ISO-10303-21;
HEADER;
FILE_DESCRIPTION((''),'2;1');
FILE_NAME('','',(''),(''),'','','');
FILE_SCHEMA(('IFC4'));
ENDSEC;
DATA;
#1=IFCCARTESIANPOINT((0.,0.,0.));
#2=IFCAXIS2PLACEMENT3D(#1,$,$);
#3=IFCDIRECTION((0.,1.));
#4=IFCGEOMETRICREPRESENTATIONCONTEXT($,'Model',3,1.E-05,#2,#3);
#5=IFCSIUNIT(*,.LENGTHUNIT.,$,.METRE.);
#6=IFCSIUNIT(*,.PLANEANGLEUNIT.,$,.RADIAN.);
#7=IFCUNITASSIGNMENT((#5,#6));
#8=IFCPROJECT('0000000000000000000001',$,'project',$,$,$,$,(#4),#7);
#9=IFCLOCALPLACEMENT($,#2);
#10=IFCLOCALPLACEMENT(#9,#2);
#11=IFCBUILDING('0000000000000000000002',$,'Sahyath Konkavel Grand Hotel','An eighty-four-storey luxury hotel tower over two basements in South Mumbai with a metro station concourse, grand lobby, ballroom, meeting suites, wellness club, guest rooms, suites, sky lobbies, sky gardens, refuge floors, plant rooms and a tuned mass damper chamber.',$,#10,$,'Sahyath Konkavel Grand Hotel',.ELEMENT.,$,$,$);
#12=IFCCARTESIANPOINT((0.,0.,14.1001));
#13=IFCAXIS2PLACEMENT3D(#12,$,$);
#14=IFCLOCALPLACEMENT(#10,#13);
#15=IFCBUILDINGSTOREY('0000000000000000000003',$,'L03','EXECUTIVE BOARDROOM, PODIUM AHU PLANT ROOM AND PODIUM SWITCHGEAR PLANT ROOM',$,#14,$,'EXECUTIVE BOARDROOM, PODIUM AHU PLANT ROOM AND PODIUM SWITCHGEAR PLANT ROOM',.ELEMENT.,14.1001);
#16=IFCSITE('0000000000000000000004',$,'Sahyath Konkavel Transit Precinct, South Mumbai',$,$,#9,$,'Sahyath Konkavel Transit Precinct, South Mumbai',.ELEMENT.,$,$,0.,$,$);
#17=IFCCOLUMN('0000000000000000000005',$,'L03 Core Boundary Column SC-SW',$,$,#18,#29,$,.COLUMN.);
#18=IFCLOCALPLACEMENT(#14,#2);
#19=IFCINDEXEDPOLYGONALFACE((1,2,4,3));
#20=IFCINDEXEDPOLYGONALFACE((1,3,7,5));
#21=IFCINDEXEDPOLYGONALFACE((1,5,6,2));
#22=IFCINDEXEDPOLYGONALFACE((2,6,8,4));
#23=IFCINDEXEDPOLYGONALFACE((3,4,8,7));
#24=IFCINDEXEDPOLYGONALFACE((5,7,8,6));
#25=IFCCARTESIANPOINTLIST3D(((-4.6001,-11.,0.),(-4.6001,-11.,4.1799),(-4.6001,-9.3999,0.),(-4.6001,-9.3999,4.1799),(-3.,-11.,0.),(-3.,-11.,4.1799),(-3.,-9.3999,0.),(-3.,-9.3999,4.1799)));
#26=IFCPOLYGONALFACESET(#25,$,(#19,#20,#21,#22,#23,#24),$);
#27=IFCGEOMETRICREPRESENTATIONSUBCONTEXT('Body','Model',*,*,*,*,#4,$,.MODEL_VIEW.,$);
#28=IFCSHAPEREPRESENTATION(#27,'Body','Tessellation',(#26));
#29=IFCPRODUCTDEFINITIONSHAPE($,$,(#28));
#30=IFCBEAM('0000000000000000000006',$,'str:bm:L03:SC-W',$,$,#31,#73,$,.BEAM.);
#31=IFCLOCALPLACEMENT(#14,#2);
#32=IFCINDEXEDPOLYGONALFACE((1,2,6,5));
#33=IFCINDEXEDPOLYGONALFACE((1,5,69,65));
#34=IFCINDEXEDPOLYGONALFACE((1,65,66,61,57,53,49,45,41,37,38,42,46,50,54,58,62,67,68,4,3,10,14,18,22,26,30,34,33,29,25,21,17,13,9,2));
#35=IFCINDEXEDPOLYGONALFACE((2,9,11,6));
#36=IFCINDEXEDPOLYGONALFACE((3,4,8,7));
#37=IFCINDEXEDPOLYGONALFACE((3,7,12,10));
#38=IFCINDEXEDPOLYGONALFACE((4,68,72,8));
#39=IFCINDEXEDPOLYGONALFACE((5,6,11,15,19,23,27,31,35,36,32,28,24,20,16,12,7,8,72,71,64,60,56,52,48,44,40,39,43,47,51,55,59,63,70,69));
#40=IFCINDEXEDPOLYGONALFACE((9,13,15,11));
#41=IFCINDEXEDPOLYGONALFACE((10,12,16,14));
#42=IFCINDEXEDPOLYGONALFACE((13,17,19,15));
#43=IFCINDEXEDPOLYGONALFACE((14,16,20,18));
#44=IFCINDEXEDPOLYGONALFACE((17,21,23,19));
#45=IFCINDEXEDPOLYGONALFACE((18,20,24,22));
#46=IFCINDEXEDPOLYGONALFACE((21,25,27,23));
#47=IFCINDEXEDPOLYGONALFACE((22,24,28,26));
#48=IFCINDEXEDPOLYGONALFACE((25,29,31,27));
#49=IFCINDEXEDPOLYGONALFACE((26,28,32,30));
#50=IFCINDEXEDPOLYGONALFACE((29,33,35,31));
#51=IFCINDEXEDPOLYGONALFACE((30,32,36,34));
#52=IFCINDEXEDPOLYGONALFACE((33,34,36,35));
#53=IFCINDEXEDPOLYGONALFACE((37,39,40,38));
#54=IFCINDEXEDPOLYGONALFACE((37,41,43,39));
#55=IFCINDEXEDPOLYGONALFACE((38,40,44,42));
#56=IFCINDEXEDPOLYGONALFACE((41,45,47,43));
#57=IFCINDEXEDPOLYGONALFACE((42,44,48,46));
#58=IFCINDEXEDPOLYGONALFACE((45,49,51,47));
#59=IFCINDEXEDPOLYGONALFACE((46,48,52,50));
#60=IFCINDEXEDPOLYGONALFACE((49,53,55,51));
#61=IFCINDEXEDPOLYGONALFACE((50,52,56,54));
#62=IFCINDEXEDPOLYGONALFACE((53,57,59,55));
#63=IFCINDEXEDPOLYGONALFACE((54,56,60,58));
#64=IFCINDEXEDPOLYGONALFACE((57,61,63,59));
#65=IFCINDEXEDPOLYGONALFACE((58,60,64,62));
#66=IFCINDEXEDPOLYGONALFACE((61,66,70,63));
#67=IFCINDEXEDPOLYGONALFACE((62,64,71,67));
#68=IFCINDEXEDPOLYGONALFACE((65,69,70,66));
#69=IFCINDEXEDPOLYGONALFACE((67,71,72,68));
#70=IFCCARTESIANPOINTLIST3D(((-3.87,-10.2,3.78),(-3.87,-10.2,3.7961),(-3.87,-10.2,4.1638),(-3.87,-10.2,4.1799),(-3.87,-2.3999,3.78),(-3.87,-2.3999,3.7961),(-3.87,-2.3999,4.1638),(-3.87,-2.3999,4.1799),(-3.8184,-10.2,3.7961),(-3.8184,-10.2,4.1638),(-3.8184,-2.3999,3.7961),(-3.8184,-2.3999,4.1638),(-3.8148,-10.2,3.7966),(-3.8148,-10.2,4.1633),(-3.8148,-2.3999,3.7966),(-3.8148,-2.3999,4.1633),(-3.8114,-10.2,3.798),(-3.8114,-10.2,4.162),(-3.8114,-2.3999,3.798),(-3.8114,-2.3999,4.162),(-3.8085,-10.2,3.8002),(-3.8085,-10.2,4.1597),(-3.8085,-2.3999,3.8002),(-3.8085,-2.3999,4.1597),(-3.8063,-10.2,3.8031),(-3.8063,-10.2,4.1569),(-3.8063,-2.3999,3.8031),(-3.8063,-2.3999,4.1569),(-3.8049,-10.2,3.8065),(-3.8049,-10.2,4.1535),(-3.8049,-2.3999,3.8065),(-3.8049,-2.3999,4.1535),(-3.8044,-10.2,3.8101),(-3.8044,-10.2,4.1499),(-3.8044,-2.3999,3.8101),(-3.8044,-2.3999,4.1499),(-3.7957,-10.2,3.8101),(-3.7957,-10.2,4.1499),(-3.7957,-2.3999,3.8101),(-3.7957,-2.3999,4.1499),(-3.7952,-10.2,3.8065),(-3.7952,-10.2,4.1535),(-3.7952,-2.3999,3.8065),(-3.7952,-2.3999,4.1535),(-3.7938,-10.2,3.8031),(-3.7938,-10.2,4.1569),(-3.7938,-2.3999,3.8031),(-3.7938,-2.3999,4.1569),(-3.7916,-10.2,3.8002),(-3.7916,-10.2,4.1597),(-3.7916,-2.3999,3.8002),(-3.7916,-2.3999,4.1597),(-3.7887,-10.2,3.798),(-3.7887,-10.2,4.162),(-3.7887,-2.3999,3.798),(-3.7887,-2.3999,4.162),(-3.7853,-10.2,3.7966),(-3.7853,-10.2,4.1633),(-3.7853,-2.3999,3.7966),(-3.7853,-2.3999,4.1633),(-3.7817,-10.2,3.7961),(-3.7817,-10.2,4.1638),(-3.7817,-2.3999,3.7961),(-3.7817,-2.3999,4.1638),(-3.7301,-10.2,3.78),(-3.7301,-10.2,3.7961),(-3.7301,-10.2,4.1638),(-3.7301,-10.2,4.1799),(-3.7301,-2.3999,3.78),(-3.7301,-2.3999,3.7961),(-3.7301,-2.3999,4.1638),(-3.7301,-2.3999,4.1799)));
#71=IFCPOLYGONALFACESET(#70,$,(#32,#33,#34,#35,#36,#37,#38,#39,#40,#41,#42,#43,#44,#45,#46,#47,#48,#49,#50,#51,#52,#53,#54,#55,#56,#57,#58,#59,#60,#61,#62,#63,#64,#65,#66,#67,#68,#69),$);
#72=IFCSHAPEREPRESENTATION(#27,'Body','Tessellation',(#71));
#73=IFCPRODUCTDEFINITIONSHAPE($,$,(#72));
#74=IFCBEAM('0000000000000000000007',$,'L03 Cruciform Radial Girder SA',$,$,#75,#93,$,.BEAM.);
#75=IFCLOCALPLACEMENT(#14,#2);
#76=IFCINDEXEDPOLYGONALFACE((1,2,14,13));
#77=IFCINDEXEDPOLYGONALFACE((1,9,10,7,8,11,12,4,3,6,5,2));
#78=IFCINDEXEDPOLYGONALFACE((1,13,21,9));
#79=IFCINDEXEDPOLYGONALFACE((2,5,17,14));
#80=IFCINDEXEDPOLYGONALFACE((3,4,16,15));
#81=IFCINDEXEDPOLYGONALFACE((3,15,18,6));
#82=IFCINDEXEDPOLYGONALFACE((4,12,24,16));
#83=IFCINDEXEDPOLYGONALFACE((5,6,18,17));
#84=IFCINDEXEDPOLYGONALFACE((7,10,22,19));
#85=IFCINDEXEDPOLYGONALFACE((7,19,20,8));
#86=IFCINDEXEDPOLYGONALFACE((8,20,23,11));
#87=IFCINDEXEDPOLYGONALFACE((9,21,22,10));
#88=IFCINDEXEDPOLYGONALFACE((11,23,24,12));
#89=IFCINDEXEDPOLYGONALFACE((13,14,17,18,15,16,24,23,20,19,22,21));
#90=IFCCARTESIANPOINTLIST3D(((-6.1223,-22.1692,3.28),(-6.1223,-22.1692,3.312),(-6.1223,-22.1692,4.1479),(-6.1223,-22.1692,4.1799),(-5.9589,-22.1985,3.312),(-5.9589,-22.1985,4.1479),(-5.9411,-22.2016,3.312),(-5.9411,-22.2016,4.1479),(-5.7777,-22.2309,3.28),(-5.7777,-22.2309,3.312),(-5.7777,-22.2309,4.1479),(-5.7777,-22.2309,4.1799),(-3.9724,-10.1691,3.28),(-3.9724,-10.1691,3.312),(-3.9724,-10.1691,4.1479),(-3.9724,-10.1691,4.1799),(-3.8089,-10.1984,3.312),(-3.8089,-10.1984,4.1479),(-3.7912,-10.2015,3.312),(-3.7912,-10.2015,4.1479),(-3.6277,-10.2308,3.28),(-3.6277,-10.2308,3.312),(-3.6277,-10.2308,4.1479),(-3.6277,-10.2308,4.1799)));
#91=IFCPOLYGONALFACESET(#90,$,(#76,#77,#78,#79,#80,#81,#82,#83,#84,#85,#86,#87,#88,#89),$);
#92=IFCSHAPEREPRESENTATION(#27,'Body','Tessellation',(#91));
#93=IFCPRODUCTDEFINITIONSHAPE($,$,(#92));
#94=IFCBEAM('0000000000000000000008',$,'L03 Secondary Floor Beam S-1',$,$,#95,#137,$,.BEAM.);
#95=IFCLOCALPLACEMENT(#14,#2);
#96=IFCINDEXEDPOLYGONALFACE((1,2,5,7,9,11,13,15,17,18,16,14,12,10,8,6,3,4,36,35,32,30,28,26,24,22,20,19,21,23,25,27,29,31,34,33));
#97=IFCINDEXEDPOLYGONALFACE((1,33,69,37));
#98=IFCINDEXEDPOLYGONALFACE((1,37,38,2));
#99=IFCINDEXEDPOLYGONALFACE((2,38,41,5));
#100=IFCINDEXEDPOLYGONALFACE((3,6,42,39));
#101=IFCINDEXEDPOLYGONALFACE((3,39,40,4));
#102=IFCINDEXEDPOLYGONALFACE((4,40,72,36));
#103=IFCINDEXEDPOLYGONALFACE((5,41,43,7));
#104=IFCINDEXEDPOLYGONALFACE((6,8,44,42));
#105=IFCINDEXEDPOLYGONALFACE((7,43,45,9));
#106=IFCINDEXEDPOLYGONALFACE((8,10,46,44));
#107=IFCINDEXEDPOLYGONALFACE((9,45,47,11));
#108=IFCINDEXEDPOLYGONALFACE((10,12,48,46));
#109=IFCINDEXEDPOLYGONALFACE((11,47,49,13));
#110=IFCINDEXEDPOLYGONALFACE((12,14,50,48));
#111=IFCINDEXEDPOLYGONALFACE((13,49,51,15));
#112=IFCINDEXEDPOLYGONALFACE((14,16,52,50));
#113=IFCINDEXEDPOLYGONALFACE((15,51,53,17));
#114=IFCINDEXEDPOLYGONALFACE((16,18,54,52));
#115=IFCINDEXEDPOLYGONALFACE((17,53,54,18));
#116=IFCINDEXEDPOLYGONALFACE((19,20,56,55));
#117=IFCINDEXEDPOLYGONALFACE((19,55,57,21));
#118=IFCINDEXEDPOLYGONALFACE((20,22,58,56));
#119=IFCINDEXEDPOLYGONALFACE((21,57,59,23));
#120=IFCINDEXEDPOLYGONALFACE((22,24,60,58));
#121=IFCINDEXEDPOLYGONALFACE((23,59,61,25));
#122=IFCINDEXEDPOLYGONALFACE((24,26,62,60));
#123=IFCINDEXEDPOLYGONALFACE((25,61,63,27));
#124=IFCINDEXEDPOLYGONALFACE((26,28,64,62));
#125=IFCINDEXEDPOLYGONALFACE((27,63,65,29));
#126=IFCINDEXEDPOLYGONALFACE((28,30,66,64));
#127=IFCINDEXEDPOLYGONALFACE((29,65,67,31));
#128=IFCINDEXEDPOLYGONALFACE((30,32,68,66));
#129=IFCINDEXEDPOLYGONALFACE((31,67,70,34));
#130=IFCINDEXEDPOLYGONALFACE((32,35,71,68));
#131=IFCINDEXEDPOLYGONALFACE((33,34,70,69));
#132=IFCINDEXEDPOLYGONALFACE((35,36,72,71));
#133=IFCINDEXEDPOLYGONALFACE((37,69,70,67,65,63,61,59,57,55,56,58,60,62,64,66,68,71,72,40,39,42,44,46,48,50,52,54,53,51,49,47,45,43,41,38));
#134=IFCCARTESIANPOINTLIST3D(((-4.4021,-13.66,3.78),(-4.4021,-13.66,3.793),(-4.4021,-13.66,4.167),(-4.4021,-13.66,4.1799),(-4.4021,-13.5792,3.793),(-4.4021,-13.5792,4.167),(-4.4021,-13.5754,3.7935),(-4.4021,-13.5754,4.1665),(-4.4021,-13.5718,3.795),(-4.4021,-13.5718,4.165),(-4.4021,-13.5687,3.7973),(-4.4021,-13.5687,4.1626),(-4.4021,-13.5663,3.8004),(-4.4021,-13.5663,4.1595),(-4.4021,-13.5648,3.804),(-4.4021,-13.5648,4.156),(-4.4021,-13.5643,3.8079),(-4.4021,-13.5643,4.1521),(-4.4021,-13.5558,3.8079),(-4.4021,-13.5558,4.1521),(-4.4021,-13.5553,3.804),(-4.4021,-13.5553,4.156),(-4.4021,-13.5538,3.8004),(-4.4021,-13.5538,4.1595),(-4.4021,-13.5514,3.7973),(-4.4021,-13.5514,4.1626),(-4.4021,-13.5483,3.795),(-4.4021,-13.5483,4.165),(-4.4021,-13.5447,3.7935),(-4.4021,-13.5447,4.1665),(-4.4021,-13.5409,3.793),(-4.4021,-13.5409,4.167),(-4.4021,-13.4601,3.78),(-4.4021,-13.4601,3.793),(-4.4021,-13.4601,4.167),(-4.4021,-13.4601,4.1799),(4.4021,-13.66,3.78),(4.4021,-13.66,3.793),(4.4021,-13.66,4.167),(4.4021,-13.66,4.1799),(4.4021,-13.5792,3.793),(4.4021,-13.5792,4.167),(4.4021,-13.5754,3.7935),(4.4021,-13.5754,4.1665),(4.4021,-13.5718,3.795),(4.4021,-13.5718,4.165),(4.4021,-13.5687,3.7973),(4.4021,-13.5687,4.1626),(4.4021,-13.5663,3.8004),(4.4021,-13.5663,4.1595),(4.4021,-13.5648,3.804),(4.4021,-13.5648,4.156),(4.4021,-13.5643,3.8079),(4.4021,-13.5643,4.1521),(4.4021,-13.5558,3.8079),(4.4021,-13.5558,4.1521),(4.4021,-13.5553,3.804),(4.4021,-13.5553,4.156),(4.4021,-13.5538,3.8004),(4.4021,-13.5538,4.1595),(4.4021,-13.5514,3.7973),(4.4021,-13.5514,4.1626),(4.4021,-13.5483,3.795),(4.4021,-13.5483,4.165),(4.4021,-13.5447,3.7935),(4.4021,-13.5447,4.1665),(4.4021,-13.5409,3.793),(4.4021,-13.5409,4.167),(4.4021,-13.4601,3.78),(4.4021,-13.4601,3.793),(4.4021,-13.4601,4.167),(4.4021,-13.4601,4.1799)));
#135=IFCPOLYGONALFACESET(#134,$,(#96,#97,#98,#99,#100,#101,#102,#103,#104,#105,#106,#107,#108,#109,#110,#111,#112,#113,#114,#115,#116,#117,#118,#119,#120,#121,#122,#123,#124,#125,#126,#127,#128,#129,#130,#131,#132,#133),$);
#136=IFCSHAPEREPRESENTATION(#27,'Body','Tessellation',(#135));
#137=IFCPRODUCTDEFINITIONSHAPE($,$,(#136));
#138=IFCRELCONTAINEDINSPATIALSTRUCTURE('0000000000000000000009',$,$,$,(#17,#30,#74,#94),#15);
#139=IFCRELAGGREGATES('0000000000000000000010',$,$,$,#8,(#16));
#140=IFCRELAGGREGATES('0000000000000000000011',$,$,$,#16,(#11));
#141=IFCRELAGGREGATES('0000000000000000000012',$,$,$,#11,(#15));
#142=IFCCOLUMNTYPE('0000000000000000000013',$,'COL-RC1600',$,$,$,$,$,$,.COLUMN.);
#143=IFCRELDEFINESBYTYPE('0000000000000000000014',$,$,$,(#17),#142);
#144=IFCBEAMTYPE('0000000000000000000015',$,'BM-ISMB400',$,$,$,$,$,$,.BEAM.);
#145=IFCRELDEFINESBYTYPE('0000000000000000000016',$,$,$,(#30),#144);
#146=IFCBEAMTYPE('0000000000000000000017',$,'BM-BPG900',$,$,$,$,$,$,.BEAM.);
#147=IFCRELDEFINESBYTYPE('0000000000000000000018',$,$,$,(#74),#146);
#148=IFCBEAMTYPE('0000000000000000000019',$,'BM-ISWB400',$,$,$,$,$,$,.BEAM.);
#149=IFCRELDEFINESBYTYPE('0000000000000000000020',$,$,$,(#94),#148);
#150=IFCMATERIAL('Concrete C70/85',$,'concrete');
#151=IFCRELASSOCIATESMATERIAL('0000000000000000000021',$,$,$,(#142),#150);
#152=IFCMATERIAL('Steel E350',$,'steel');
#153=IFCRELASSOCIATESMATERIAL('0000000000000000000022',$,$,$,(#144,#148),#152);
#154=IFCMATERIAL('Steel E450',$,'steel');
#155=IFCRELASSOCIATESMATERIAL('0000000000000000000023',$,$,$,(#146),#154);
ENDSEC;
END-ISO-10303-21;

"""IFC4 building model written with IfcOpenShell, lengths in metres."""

from ifc_helpers import new_model, si_unit, direction, frame, origin, origin_2d, place, context, subcontext, project, spatial, rectangle, i_section, extrude, source, transform, mapped, material, material_profile, profile_set, type_object, element, save


model = new_model("IFC4")

# Units and contexts
model_context = context("Model", 3, precision=1e-05, world=origin(), true_north=direction((0.0, 1.0)))
body_context = subcontext(model_context, "Body", "Model", "MODEL_VIEW")
ifc_project = project(units=[si_unit("LENGTHUNIT", "METRE"), si_unit("PLANEANGLEUNIT", "RADIAN")], contexts=[model_context])

# Site, building, storey
site_placement = place(None, origin())
site = spatial("IfcSite", under=ifc_project, at=site_placement, Name="Sahyath Konkavel Transit Precinct, South Mumbai", LongName="Sahyath Konkavel Transit Precinct, South Mumbai", CompositionType="ELEMENT", RefElevation=0.0)
building_placement = place(site_placement, origin())
building = spatial("IfcBuilding", under=site, at=building_placement, Name="Sahyath Konkavel Grand Hotel", Description="An eighty-four-storey luxury hotel tower over two basements in South Mumbai with a metro station concourse, grand lobby, ballroom, meeting suites, wellness club, guest rooms, suites, sky lobbies, sky gardens, refuge floors, plant rooms and a tuned mass damper chamber.", LongName="Sahyath Konkavel Grand Hotel", CompositionType="ELEMENT")
storey_placement = place(building_placement, frame((0.0, 0.0, 14.1001)))
storey = spatial("IfcBuildingStorey", under=building, at=storey_placement, Name="L03", Description="EXECUTIVE BOARDROOM, PODIUM AHU PLANT ROOM AND PODIUM SWITCHGEAR PLANT ROOM", LongName="EXECUTIVE BOARDROOM, PODIUM AHU PLANT ROOM AND PODIUM SWITCHGEAR PLANT ROOM", CompositionType="ELEMENT", Elevation=14.1001)

# Column
ifc_material_1 = material(Name="Concrete C70/85", Category="concrete")
ifc_material_profile_1 = material_profile(ifc_material_1, rectangle(XDim=1.6001, YDim=1.6001, at=origin_2d()), Name="RC 1600x1600")
ifc_profile_set_1 = profile_set([ifc_material_profile_1], Name="Concrete C70/85")
column_type = type_object("IfcColumnType", Name="COL-RC1600", PredefinedType="COLUMN", material=ifc_profile_set_1)
shared_shape_1 = source(origin(), body_context, "Body", "SweptSolid", [
    extrude(rectangle(XDim=1.6001, YDim=1.6001, at=origin_2d()), origin(), (0.0, 0.0, 1.0), 4.1799),
])
column_placement = place(storey_placement, frame((-3.8, -10.2, 0.0), z_axis=(0.0, 0.0, 1.0), x_axis=(1.0, 0.0, 0.0)))
element("IfcColumn", 1, at=column_placement, inside=storey, type_object=column_type, Name="L03 Core Boundary Column SC-SW", PredefinedType="COLUMN", context=body_context, shape_type="MappedRepresentation", body=[
    mapped(shared_shape_1, transform((0.0, 0.0, 0.0), scale=1.0)),
])

# Beams
ifc_material_2 = material(Name="Steel E350", Category="steel")
ifc_material_profile_2 = material_profile(ifc_material_2, i_section(OverallWidth=0.1399, OverallDepth=0.3999, WebThickness=0.0088, FlangeThickness=0.0161, FilletRadius=0.0139, at=origin_2d()), Name="ISMB 400")
ifc_profile_set_2 = profile_set([ifc_material_profile_2], Name="Steel E350")
beam_type_1 = type_object("IfcBeamType", Name="BM-ISMB400", PredefinedType="BEAM", material=ifc_profile_set_2)
shared_shape_2 = source(origin(), body_context, "Body", "SweptSolid", [
    extrude(i_section(OverallWidth=0.1399, OverallDepth=0.3999, WebThickness=0.0088, FlangeThickness=0.0161, FilletRadius=0.0139, at=origin_2d()), origin(), (0.0, 0.0, 1.0), 7.8),
])
beam_1_placement = place(storey_placement, frame((-3.8, -10.2, 3.98), z_axis=(0.0, 1.0, 0.0), x_axis=(-1.0, 0.0, 0.0)))
element("IfcBeam", 2, at=beam_1_placement, inside=storey, type_object=beam_type_1, Name="str:bm:L03:SC-W", PredefinedType="BEAM", context=body_context, shape_type="MappedRepresentation", body=[
    mapped(shared_shape_2, transform((0.0, 0.0, 0.0), scale=1.0)),
])
ifc_material_3 = material(Name="Steel E450", Category="steel")
ifc_material_profile_3 = material_profile(ifc_material_3, i_section(OverallWidth=0.3501, OverallDepth=0.8999, WebThickness=0.0181, FlangeThickness=0.032, at=origin_2d()), Name="BPG 900x350")
ifc_profile_set_3 = profile_set([ifc_material_profile_3], Name="Steel E450")
beam_type_2 = type_object("IfcBeamType", Name="BM-BPG900", PredefinedType="BEAM", material=ifc_profile_set_3)
shared_shape_3 = source(origin(), body_context, "Body", "SweptSolid", [
    extrude(i_section(OverallWidth=0.3501, OverallDepth=0.8999, WebThickness=0.0181, FlangeThickness=0.032, at=origin_2d()), origin(), (0.0, 0.0, 1.0), 12.1912),
])
beam_2_placement = place(storey_placement, frame((-3.8, -10.2, 3.73), z_axis=(-0.176351, -0.984327, 0.0), x_axis=(0.984327, -0.176351, 0.0)))
element("IfcBeam", 3, at=beam_2_placement, inside=storey, type_object=beam_type_2, Name="L03 Cruciform Radial Girder SA", PredefinedType="BEAM", context=body_context, shape_type="MappedRepresentation", body=[
    mapped(shared_shape_3, transform((0.0, 0.0, 0.0), scale=1.0)),
])
ifc_material_profile_4 = material_profile(ifc_material_2, i_section(OverallWidth=0.2, OverallDepth=0.3999, WebThickness=0.0085, FlangeThickness=0.0129, FilletRadius=0.0149, at=origin_2d()), Name="ISWB 400")
ifc_profile_set_4 = profile_set([ifc_material_profile_4], Name="Steel E350")
beam_type_3 = type_object("IfcBeamType", Name="BM-ISWB400", PredefinedType="BEAM", material=ifc_profile_set_4)
shared_shape_4 = source(origin(), body_context, "Body", "SweptSolid", [
    extrude(i_section(OverallWidth=0.2, OverallDepth=0.3999, WebThickness=0.0085, FlangeThickness=0.0129, FilletRadius=0.0149, at=origin_2d()), origin(), (0.0, 0.0, 1.0), 8.8042),
])
beam_3_placement = place(storey_placement, frame((-4.4021, -13.5601, 3.98), z_axis=(1.0, 0.0, 0.0), x_axis=(0.0, 1.0, 0.0)))
element("IfcBeam", 4, at=beam_3_placement, inside=storey, type_object=beam_type_3, Name="L03 Secondary Floor Beam S-1", PredefinedType="BEAM", context=body_context, shape_type="MappedRepresentation", body=[
    mapped(shared_shape_4, transform((0.0, 0.0, 0.0), scale=1.0)),
])

save(model, "model.ifc")
